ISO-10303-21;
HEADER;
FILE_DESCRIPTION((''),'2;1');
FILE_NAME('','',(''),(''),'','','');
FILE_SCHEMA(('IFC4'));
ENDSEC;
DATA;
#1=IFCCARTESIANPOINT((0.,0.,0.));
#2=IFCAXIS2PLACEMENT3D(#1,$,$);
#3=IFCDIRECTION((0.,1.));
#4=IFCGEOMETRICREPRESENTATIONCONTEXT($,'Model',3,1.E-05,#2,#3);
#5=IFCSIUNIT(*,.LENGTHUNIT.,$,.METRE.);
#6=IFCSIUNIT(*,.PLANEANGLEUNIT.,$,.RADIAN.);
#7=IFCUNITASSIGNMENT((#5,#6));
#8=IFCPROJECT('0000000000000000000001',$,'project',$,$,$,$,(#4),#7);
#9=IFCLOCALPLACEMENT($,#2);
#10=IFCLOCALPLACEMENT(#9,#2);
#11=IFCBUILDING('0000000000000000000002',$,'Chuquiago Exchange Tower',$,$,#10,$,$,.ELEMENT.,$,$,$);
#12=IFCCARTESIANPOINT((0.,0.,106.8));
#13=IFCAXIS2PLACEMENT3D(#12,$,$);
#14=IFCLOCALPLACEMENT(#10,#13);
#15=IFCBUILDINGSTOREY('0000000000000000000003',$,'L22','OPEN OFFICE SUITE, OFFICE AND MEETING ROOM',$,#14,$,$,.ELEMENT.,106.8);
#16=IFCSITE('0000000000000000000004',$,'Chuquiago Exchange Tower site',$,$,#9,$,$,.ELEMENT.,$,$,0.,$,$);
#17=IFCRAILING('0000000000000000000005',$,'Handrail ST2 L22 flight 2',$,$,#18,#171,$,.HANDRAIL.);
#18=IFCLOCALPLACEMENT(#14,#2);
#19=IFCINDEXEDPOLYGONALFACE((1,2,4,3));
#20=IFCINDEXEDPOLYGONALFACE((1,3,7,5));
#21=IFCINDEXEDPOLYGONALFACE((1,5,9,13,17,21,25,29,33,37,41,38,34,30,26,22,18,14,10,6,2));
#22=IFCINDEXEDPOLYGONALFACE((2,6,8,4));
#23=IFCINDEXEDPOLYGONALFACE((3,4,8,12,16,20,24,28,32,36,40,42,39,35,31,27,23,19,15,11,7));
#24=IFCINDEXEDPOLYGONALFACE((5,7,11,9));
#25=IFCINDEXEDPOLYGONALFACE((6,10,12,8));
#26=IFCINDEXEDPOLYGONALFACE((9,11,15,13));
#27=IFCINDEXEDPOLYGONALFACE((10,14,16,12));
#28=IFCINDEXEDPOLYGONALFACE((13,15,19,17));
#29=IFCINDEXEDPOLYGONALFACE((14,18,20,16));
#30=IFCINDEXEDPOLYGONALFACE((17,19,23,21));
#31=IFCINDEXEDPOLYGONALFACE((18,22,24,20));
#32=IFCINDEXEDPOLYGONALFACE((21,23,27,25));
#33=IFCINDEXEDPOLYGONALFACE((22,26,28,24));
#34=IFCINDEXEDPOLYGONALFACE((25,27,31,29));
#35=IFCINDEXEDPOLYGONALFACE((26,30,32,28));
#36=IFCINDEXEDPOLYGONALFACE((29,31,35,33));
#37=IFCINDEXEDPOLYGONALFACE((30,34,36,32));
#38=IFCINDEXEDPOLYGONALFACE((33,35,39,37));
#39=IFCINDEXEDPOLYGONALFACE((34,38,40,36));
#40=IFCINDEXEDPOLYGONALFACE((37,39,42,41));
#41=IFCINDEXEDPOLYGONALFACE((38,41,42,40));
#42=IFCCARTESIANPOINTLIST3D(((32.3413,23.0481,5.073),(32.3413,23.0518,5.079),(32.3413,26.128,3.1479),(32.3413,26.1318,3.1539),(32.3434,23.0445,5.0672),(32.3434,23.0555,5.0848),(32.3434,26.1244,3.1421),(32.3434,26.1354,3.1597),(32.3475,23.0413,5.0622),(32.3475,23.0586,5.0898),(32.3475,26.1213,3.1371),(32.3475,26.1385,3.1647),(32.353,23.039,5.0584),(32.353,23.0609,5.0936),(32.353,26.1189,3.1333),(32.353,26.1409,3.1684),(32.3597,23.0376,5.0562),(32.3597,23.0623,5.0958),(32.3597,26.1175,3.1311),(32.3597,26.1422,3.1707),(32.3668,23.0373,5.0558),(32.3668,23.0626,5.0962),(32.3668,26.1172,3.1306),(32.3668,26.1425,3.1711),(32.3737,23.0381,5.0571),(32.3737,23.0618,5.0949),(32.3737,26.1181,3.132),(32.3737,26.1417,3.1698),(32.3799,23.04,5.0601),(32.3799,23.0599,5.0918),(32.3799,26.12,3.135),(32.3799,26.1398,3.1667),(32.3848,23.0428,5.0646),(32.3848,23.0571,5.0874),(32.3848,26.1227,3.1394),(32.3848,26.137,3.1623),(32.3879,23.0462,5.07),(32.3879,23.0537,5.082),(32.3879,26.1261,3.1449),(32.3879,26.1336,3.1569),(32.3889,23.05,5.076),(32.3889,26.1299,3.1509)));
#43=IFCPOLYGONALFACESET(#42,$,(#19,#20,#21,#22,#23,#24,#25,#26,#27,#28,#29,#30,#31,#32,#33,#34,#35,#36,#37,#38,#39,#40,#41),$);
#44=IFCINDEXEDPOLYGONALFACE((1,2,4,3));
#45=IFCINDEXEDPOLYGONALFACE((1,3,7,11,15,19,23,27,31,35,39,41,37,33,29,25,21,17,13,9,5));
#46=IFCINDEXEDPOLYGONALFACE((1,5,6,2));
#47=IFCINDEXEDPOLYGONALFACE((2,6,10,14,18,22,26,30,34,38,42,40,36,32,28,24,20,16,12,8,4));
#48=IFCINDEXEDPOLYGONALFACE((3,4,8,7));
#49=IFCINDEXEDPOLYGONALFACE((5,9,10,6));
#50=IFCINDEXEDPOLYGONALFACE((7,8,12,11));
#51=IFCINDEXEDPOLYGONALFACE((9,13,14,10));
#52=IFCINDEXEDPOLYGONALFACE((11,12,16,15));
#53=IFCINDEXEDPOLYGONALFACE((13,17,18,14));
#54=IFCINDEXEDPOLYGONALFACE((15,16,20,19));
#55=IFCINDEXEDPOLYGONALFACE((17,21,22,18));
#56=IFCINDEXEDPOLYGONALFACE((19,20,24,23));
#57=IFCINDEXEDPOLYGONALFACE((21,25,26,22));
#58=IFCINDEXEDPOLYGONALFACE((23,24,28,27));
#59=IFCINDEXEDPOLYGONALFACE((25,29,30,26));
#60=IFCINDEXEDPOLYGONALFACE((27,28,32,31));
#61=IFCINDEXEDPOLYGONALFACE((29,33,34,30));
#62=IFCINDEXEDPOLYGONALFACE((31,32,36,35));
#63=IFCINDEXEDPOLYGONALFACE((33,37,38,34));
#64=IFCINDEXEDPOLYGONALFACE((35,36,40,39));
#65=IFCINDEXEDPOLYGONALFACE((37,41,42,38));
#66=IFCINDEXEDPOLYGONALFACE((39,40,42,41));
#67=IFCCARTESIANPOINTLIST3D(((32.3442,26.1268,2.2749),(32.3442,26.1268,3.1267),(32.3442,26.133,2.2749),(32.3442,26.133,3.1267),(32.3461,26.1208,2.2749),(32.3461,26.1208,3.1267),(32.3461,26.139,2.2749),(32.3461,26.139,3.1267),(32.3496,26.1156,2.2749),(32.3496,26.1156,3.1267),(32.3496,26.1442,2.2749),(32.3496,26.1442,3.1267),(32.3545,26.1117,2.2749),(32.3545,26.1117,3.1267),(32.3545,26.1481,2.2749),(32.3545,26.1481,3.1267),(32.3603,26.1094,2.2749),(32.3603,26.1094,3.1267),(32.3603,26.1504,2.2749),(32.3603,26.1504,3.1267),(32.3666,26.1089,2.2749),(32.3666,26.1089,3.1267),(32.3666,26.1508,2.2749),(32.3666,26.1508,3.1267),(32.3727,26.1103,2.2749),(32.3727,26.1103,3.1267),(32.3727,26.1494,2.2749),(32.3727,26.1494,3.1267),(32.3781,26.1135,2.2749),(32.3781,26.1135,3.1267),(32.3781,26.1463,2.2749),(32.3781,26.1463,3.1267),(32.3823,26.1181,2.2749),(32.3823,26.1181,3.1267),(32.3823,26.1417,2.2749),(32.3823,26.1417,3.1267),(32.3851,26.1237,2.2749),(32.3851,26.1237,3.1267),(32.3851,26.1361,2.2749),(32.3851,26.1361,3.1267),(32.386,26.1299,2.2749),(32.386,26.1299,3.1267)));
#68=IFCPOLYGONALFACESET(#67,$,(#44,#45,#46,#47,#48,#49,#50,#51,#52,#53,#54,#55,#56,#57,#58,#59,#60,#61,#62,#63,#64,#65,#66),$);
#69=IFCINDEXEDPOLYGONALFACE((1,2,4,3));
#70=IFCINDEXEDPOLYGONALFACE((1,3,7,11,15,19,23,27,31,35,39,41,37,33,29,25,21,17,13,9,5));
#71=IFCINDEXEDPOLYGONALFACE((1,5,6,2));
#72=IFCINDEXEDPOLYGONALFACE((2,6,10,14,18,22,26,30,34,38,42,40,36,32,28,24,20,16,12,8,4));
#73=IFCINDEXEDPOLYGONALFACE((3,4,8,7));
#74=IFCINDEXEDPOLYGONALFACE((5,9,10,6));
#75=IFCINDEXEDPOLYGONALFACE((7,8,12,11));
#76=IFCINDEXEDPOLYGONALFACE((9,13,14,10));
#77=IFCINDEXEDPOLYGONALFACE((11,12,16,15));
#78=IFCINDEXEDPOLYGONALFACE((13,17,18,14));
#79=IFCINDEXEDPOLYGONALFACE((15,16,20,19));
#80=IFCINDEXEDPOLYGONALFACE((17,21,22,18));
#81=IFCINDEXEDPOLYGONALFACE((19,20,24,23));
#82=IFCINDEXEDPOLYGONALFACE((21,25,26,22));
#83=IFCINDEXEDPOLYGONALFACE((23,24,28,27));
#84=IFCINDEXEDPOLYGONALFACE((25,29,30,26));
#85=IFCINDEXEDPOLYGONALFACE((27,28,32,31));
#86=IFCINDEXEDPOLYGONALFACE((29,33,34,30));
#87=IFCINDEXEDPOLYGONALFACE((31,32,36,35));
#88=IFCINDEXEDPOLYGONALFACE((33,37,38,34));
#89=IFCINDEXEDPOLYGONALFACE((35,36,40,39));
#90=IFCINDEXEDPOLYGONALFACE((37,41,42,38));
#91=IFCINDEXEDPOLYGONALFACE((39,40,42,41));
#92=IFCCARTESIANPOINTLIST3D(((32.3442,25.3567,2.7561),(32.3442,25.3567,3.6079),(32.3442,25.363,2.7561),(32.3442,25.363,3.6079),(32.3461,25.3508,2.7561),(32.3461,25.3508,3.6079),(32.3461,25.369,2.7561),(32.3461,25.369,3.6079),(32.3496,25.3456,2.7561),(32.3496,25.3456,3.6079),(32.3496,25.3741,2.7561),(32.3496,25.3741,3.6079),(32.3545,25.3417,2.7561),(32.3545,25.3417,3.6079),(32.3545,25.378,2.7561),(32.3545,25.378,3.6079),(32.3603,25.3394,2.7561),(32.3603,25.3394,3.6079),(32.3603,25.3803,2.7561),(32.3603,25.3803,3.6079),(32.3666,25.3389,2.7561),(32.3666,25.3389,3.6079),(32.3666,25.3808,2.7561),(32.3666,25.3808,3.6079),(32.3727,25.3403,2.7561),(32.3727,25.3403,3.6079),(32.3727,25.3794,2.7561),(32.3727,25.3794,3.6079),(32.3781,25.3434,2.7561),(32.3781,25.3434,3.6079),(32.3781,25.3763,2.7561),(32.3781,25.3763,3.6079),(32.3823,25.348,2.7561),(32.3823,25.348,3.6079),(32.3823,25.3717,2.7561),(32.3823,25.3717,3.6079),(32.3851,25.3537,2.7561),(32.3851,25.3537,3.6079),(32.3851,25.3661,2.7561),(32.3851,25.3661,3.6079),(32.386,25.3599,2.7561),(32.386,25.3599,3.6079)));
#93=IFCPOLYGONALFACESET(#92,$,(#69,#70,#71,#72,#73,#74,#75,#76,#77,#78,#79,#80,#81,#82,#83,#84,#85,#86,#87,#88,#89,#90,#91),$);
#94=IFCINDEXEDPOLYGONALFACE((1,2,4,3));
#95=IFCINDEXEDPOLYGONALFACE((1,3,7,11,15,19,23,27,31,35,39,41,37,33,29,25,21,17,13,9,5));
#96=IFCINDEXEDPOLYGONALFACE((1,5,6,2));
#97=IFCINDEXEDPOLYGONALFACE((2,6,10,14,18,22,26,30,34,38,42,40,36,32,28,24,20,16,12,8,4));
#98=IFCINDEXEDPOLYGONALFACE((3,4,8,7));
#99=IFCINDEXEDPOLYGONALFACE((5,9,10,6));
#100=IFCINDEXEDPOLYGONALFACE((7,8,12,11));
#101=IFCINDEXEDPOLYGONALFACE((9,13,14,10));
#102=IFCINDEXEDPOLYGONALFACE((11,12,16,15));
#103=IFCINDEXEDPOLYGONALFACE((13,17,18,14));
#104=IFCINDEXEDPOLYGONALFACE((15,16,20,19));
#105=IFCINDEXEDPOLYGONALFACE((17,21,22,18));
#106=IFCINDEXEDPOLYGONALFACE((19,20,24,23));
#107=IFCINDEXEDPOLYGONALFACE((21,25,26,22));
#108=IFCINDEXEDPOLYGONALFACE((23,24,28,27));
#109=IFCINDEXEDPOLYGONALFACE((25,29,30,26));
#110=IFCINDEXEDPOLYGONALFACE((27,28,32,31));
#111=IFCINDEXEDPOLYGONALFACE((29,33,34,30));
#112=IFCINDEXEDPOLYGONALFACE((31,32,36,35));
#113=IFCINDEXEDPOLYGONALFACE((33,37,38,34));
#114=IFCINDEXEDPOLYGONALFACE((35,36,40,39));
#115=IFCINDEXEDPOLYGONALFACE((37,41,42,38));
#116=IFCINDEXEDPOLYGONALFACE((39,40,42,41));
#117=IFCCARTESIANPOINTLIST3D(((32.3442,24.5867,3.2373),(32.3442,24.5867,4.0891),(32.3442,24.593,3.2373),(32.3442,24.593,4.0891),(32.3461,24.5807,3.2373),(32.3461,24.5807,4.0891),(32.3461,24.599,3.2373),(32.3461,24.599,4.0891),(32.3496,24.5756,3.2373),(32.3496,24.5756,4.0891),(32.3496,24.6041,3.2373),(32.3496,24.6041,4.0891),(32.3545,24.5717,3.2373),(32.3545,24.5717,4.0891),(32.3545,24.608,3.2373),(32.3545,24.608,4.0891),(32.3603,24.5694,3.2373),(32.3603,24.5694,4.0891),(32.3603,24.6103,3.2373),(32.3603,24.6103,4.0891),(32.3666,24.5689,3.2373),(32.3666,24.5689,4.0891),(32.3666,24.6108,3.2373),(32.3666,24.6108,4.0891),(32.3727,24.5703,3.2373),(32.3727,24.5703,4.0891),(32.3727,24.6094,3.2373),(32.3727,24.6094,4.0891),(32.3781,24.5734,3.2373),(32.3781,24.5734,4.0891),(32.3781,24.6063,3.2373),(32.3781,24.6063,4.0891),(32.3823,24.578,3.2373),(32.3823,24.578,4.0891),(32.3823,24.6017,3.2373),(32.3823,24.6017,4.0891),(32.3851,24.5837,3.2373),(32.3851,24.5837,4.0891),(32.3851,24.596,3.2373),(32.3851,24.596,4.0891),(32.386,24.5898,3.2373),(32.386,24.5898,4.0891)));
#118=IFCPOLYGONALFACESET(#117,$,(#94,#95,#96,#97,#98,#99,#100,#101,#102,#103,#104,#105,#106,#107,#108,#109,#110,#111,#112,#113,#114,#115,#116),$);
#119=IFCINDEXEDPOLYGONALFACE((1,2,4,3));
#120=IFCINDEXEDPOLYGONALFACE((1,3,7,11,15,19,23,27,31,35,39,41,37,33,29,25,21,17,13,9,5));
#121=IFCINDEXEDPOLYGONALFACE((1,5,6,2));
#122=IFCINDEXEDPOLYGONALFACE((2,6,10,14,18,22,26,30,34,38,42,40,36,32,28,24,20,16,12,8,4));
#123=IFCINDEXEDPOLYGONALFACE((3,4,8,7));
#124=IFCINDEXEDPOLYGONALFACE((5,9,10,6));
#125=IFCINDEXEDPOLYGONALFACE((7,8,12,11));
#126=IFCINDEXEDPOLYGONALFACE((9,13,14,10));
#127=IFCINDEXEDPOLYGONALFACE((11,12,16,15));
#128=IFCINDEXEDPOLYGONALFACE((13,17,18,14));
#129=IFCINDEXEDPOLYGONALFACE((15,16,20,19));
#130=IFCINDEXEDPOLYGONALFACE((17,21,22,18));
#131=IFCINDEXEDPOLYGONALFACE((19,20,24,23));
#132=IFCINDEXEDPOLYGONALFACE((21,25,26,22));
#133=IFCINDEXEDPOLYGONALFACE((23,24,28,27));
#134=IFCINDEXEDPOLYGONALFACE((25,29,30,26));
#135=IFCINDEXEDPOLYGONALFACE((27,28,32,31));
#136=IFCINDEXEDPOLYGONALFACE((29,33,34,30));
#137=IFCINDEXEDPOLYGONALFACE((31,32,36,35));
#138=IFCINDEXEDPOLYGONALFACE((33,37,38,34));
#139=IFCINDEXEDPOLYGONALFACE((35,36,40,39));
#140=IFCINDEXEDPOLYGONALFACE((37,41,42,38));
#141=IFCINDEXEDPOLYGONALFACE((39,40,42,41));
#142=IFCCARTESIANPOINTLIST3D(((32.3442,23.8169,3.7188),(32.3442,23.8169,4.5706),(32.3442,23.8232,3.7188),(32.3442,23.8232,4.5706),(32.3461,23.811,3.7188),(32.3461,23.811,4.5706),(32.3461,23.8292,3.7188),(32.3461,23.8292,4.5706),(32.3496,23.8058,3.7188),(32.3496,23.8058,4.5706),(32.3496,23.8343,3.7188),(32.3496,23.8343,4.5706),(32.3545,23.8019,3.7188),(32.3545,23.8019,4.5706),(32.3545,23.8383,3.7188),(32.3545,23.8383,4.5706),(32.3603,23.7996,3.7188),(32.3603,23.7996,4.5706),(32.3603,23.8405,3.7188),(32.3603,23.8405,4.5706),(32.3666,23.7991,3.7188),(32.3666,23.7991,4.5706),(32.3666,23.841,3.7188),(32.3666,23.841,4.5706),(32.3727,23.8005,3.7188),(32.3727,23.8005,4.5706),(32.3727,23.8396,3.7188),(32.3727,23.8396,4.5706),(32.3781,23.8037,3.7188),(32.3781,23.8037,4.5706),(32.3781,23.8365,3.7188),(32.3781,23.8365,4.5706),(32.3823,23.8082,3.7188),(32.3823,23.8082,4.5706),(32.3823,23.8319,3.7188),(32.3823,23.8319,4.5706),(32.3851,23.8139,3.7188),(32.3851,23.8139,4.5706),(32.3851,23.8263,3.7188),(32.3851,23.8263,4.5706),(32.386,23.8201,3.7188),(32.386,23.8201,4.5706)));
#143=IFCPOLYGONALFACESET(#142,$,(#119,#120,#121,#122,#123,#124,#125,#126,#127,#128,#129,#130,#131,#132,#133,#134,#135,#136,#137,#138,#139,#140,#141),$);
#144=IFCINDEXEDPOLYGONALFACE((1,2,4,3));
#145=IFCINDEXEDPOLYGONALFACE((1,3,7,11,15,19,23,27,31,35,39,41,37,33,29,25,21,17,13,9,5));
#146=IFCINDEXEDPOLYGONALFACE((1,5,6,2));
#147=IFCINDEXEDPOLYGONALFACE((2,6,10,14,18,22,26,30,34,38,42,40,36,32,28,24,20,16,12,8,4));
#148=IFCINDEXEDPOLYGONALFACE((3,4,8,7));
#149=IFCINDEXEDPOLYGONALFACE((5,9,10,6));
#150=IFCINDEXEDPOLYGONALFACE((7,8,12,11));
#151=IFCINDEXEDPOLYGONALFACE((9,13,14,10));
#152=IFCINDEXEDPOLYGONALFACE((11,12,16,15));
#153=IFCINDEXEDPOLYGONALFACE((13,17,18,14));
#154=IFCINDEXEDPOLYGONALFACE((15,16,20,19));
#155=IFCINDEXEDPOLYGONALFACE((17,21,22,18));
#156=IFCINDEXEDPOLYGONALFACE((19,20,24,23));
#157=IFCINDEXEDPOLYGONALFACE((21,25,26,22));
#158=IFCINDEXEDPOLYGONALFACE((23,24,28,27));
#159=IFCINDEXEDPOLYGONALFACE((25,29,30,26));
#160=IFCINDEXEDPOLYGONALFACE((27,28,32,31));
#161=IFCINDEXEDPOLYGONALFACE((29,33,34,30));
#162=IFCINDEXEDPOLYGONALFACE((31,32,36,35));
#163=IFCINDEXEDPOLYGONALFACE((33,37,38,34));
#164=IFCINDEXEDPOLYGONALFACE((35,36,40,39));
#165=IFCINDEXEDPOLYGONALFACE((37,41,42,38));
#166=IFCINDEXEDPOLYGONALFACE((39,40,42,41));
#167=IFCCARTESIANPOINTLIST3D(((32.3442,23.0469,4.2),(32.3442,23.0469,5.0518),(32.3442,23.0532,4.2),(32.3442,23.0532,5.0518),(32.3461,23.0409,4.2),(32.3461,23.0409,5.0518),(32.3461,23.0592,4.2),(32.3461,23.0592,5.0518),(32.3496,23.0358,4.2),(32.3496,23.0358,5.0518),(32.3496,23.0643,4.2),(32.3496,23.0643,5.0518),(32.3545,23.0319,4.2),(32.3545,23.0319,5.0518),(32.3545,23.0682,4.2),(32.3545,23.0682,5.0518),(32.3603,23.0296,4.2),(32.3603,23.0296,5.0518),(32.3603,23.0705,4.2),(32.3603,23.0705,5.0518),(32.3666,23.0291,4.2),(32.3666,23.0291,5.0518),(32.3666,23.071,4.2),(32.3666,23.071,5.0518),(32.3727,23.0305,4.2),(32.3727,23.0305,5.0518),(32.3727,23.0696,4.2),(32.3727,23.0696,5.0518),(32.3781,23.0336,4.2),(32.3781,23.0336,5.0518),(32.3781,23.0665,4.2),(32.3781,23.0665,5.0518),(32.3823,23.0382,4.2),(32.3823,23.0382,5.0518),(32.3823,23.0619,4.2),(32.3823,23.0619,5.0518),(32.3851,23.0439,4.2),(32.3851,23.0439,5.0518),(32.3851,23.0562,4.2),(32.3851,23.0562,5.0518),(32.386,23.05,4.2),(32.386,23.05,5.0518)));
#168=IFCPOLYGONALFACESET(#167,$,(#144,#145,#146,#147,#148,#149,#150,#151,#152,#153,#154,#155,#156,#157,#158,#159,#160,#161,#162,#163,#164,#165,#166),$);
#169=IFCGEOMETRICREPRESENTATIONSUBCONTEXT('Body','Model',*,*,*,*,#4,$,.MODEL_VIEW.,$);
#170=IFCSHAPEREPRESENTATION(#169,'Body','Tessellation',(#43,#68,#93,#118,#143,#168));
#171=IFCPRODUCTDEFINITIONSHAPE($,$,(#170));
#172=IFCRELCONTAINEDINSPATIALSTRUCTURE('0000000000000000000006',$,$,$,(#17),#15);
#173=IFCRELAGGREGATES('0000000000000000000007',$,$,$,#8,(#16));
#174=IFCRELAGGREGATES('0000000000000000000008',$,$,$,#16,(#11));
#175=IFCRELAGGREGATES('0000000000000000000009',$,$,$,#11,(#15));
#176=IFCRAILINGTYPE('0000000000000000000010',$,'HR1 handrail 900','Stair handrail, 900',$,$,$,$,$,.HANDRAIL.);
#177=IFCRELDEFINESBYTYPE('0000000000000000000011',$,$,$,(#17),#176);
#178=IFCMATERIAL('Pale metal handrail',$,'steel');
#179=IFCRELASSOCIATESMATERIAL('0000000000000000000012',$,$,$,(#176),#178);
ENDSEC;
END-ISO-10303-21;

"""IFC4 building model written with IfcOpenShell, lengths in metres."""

from ifc_helpers import new_model, si_unit, direction, frame, origin, origin_2d, place, context, subcontext, project, spatial, circle, extrude, material, type_object, element, save


model = new_model("IFC4")

# Units and contexts
model_context = context("Model", 3, precision=1e-05, world=origin(), true_north=direction((0.0, 1.0)))
body_context = subcontext(model_context, "Body", "Model", "MODEL_VIEW")
ifc_project = project(units=[si_unit("LENGTHUNIT", "METRE"), si_unit("PLANEANGLEUNIT", "RADIAN")], contexts=[model_context])

# Site, building, storey
site_placement = place(None, origin())
site = spatial("IfcSite", under=ifc_project, at=site_placement, Name="Chuquiago Exchange Tower site", CompositionType="ELEMENT", RefElevation=0.0)
building_placement = place(site_placement, origin())
building = spatial("IfcBuilding", under=site, at=building_placement, Name="Chuquiago Exchange Tower", CompositionType="ELEMENT")
storey_placement = place(building_placement, frame((0.0, 0.0, 106.8)))
storey = spatial("IfcBuildingStorey", under=building, at=storey_placement, Name="L22", Description="OPEN OFFICE SUITE, OFFICE AND MEETING ROOM", CompositionType="ELEMENT", Elevation=106.8)

# Railing
ifc_material_1 = material(Name="Pale metal handrail", Category="steel")
railing_type_1 = type_object("IfcRailingType", Name="HR1 handrail 900", Description="Stair handrail, 900", PredefinedType="HANDRAIL", material=ifc_material_1)
for number, where, name in (
    (1, (32.365, 26.1299, 2.2749), "Handrail ST2 L22 flight 2"),
):
    element("IfcRailing", number, at=place(storey_placement, frame(where)), inside=storey, type_object=railing_type_1, Name=name, PredefinedType="HANDRAIL", context=body_context, shape_type="SweptSolid", body=[
        extrude(circle(Radius=0.0239, at=origin_2d()), frame((0.0, 0.0, 0.876), z_axis=(0.0, -0.847979, 0.530029), x_axis=(1.0, 0.0, 0.0)), (0.0, 0.0, 1.0), 3.6321),
        extrude(circle(Radius=0.021, at=origin_2d()), origin(), (0.0, 0.0, 1.0), 0.8518),
        extrude(circle(Radius=0.021, at=origin_2d()), frame((0.0, -0.77, 0.4812)), (0.0, 0.0, 1.0), 0.8518),
        extrude(circle(Radius=0.021, at=origin_2d()), frame((0.0, -1.54, 0.9624)), (0.0, 0.0, 1.0), 0.8518),
        extrude(circle(Radius=0.021, at=origin_2d()), frame((0.0, -2.3098, 1.4438)), (0.0, 0.0, 1.0), 0.8518),
        extrude(circle(Radius=0.021, at=origin_2d()), frame((0.0, -3.0798, 1.925)), (0.0, 0.0, 1.0), 0.8518),
    ])

save(model, "model.ifc")
